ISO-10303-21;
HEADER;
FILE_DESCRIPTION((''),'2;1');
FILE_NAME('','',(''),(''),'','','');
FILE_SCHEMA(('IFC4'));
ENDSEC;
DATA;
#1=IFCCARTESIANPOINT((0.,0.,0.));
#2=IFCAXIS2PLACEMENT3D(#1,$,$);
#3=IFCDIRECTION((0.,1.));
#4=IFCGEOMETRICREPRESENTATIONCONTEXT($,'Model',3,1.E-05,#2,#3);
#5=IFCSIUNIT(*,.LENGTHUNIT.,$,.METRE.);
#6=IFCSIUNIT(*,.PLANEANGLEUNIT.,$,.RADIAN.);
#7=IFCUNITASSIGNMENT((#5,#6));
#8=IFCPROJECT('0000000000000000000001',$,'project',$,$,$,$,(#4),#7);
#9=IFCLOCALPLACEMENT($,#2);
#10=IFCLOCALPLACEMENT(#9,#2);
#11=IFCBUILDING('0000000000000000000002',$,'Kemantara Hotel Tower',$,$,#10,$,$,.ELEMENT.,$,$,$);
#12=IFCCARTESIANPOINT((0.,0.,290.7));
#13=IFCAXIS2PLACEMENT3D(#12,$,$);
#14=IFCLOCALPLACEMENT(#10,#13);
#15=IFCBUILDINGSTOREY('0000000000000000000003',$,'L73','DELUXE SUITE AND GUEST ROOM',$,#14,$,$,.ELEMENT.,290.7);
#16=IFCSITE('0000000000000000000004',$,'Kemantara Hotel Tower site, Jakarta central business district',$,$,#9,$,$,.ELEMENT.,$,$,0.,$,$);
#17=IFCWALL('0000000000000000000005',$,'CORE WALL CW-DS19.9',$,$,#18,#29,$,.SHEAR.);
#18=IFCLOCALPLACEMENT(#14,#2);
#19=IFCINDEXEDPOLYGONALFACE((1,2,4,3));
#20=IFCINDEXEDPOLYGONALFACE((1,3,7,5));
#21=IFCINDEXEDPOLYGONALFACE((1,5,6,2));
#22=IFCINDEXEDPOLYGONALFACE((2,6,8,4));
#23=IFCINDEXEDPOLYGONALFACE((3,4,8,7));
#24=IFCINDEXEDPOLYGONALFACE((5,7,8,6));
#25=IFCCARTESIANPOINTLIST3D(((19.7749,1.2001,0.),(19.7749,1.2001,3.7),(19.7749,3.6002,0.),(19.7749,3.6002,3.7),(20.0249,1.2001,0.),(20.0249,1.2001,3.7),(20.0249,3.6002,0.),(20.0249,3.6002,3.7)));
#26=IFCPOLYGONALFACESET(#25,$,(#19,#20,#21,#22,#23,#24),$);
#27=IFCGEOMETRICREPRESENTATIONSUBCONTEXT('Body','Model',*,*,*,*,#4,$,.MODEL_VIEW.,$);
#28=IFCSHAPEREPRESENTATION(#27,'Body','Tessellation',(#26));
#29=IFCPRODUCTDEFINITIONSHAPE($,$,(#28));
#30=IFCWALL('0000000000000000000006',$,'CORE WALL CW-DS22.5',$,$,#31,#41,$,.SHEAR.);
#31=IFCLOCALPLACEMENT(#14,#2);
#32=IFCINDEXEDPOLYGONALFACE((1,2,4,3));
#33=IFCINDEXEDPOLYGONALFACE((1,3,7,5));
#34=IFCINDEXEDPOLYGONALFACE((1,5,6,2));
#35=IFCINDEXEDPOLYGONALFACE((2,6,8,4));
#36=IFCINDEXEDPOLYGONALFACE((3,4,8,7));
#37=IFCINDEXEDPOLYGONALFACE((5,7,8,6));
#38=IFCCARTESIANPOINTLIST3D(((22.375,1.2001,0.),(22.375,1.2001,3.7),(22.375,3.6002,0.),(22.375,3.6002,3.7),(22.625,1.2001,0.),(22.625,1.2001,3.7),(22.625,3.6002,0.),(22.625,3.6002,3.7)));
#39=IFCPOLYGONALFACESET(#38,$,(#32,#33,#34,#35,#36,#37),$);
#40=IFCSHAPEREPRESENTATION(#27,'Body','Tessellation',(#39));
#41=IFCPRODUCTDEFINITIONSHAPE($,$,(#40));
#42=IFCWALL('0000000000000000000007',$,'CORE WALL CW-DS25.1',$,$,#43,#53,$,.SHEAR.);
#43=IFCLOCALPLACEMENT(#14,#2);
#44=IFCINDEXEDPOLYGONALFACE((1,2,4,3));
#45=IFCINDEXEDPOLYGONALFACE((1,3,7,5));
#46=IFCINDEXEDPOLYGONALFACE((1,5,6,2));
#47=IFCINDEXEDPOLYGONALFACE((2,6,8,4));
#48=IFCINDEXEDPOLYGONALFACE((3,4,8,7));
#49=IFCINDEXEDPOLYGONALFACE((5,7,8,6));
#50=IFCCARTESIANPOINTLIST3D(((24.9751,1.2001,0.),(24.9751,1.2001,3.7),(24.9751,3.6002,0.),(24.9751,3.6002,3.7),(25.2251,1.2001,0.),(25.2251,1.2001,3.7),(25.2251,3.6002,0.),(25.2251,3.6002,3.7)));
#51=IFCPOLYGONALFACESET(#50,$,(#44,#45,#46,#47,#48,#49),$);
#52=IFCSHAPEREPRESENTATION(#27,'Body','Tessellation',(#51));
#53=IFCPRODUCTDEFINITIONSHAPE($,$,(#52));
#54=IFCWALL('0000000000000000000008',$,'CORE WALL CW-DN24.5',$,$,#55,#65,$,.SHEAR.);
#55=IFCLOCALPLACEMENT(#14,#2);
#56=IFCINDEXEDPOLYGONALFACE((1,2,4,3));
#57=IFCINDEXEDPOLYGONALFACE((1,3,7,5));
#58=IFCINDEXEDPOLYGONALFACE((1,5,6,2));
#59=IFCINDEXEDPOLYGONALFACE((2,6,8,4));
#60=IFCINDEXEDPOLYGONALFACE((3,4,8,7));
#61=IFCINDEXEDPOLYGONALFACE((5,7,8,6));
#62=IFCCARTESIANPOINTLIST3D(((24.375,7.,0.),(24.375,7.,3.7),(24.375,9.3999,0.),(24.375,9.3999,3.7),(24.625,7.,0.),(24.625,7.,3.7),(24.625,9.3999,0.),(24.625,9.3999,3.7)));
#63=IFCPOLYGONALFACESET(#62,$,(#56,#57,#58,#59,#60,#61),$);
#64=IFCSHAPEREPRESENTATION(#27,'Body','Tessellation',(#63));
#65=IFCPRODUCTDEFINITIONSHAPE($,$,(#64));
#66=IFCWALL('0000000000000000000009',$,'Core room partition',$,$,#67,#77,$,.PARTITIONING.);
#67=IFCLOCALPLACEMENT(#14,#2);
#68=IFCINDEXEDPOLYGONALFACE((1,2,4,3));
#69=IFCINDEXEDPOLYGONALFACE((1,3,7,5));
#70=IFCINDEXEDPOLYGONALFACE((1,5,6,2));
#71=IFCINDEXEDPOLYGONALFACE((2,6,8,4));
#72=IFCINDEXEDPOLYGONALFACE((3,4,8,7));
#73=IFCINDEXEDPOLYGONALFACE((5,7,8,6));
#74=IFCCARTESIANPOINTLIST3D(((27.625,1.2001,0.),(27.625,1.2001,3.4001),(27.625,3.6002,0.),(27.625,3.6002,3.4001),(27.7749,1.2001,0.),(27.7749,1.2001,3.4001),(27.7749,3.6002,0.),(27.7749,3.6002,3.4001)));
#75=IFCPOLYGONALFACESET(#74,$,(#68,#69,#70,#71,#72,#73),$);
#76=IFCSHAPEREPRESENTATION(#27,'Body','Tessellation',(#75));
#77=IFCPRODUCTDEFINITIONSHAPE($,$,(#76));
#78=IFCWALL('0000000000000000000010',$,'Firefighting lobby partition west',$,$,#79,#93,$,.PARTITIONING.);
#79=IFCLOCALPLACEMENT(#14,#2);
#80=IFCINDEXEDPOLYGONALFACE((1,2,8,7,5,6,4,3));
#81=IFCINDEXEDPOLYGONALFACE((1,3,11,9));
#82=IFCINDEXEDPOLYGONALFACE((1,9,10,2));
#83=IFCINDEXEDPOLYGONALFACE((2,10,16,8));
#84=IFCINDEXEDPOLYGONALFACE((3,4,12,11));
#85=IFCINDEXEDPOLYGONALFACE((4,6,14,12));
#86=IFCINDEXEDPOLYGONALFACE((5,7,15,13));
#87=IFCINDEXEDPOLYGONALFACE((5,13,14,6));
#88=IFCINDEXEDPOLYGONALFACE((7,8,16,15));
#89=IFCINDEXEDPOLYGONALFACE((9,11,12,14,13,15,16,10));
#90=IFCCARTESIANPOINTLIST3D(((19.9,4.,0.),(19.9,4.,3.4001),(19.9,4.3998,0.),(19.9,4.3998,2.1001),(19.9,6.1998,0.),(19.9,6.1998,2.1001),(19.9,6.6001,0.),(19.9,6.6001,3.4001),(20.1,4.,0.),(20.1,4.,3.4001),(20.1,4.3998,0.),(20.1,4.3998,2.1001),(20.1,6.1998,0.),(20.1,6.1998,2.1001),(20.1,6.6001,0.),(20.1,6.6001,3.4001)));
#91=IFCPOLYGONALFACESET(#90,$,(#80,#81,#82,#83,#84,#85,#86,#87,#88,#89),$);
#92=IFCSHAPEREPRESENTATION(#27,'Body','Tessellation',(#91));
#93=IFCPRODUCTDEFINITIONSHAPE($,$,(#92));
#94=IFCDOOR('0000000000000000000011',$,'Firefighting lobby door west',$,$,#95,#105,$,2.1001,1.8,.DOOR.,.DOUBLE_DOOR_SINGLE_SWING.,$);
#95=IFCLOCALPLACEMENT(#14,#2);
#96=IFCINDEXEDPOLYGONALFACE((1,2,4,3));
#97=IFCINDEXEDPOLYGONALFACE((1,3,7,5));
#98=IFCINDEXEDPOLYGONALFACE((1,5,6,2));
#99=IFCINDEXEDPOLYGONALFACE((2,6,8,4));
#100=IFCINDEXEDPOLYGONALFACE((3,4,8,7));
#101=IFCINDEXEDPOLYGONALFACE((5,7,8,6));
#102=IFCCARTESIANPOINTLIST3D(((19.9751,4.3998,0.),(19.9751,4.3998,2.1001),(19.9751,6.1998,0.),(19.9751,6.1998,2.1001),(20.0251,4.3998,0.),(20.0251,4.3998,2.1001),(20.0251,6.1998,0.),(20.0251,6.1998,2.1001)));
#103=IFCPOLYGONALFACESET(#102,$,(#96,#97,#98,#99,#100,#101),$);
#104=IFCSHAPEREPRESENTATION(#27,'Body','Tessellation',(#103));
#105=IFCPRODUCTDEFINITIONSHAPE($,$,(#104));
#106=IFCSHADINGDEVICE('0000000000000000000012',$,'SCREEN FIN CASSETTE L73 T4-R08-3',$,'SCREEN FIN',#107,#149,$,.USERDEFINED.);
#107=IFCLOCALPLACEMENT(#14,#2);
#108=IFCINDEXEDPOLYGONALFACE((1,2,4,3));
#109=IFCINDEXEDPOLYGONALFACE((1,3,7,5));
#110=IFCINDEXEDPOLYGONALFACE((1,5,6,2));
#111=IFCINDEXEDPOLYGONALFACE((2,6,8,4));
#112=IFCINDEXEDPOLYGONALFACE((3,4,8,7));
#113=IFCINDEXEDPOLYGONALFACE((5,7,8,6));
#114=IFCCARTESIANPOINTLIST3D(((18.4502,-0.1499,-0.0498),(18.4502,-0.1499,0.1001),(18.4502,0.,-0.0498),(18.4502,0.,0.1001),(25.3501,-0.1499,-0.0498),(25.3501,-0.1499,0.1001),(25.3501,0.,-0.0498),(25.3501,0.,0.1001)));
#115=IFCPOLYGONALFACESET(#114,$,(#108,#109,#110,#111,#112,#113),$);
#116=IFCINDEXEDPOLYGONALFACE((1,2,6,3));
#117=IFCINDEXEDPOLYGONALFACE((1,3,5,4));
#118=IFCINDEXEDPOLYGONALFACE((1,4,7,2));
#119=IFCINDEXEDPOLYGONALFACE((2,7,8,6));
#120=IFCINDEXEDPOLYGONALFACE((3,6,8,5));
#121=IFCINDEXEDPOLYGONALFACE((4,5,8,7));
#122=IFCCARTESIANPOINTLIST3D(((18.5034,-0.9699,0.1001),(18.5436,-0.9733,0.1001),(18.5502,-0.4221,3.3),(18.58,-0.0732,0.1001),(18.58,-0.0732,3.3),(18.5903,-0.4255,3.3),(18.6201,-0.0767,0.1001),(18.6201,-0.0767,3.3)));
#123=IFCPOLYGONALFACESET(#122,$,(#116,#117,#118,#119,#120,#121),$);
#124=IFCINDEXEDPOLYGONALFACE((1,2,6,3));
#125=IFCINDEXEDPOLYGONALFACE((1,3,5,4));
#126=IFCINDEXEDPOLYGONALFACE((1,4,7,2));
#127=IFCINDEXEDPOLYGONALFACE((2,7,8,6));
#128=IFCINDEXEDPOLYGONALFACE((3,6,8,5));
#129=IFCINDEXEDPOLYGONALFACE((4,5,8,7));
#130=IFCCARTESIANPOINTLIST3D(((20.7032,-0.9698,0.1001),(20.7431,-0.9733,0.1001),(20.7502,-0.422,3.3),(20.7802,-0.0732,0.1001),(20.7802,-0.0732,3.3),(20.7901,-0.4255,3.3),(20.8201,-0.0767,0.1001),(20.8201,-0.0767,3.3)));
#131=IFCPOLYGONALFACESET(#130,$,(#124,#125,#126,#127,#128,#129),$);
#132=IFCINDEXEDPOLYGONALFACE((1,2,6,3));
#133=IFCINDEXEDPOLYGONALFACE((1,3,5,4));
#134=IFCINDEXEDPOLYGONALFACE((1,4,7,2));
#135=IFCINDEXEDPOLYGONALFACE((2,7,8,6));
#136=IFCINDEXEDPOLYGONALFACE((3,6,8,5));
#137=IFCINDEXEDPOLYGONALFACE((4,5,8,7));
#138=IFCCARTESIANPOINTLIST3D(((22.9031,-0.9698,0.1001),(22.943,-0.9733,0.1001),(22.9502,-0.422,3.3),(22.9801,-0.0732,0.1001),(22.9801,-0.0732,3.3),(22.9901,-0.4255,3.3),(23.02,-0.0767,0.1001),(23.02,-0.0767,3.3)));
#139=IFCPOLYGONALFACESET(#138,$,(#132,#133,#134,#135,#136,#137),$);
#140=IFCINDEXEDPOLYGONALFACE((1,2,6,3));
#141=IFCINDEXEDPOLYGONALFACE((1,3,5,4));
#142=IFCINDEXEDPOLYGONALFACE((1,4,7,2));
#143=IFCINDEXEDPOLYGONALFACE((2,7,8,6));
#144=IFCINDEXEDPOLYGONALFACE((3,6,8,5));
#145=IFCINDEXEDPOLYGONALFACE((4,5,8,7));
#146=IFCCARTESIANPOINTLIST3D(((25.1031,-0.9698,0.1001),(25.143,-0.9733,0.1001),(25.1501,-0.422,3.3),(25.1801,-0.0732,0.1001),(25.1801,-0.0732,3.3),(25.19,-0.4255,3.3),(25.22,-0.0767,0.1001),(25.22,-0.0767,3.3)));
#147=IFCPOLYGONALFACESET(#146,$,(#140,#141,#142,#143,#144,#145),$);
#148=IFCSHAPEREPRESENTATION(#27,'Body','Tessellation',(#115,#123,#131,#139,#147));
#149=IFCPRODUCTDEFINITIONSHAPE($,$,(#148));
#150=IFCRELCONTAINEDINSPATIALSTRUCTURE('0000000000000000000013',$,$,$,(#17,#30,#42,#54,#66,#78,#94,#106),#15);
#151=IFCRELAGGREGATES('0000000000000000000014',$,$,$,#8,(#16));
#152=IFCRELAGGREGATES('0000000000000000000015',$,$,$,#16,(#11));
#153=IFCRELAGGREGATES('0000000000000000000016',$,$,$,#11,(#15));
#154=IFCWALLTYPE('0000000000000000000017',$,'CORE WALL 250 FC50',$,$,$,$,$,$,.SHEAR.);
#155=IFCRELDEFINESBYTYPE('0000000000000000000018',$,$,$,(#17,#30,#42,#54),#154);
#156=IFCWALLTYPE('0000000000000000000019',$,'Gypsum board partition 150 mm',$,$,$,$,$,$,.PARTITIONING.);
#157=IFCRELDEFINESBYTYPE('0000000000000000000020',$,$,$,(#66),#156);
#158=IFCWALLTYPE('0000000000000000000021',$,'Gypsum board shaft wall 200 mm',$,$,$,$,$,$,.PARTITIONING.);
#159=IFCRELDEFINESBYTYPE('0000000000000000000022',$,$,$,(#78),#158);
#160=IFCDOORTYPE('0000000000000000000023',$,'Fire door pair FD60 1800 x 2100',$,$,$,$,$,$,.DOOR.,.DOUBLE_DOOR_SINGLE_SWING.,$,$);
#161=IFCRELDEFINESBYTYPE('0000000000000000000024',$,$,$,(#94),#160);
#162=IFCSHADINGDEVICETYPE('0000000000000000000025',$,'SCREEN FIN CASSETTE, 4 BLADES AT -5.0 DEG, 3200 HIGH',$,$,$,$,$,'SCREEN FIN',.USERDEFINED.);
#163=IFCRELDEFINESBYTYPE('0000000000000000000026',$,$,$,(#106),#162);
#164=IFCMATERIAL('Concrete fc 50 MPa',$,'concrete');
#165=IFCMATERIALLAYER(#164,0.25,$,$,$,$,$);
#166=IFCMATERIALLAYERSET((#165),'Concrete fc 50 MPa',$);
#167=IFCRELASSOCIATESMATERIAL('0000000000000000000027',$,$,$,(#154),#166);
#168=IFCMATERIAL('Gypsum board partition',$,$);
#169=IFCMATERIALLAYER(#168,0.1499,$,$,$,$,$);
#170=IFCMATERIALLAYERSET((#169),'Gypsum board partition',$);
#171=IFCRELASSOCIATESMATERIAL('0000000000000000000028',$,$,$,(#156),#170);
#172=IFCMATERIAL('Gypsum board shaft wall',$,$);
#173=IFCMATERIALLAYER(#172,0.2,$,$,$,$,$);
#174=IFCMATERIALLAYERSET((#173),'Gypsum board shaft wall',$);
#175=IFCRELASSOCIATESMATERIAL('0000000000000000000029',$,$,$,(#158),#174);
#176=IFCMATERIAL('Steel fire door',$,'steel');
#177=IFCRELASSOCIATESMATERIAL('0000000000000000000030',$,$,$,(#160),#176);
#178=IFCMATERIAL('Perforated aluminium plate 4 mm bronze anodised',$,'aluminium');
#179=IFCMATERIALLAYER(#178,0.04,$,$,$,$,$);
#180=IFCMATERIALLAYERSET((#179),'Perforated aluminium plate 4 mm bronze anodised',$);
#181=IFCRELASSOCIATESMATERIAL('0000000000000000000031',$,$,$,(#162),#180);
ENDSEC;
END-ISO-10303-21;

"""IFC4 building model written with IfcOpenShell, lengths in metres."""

from ifc_helpers import new_model, si_unit, direction, frame, frame_2d, origin, origin_2d, place, context, subcontext, project, spatial, polyline, rectangle, outline, extrude, source, transform, mapped, material, layer, layer_set, type_object, element, fill, save


model = new_model("IFC4")

# Units and contexts
model_context = context("Model", 3, precision=1e-05, world=origin(), true_north=direction((0.0, 1.0)))
body_context = subcontext(model_context, "Body", "Model", "MODEL_VIEW")
ifc_project = project(units=[si_unit("LENGTHUNIT", "METRE"), si_unit("PLANEANGLEUNIT", "RADIAN")], contexts=[model_context])

# Site, building, storey
site_placement = place(None, origin())
site = spatial("IfcSite", under=ifc_project, at=site_placement, Name="Kemantara Hotel Tower site, Jakarta central business district", CompositionType="ELEMENT", RefElevation=0.0)
building_placement = place(site_placement, origin())
building = spatial("IfcBuilding", under=site, at=building_placement, Name="Kemantara Hotel Tower", CompositionType="ELEMENT")
storey_placement = place(building_placement, frame((0.0, 0.0, 290.7)))
storey = spatial("IfcBuildingStorey", under=building, at=storey_placement, Name="L73", Description="DELUXE SUITE AND GUEST ROOM", CompositionType="ELEMENT", Elevation=290.7)

# Walls
ifc_material_1 = material(Name="Concrete fc 50 MPa", Category="concrete")
ifc_layer_1 = layer(ifc_material_1, 0.25)
ifc_layer_set_1 = layer_set([ifc_layer_1], Name="Concrete fc 50 MPa")
wall_type_1 = type_object("IfcWallType", Name="CORE WALL 250 FC50", PredefinedType="SHEAR", material=ifc_layer_set_1)
for number, where, z_axis, x_axis, name in (
    (1, (19.8999, 1.2, 0.0), (0.0, 0.0, 1.0), (0.0, 1.0, 0.0), "CORE WALL CW-DS19.9"),
    (2, (22.5, 1.2, 0.0), (0.0, 0.0, 1.0), (0.0, 1.0, 0.0), "CORE WALL CW-DS22.5"),
    (3, (25.1001, 1.2, 0.0), (0.0, 0.0, 1.0), (0.0, 1.0, 0.0), "CORE WALL CW-DS25.1"),
):
    element("IfcWall", number, at=place(storey_placement, frame(where, z_axis=z_axis, x_axis=x_axis)), inside=storey, type_object=wall_type_1, Name=name, PredefinedType="SHEAR", context=body_context, shape_type="SweptSolid", body=[
        extrude(rectangle(XDim=2.4001, YDim=0.25, at=frame_2d((1.2002, 0.0))), origin(), (0.0, 0.0, 1.0), 3.7),
    ])
wall_1_placement = place(storey_placement, frame((24.5, 7.0, 0.0), z_axis=(0.0, 0.0, 1.0), x_axis=(0.0, 1.0, 0.0)))
element("IfcWall", 4, at=wall_1_placement, inside=storey, type_object=wall_type_1, Name="CORE WALL CW-DN24.5", PredefinedType="SHEAR", context=body_context, shape_type="SweptSolid", body=[
    extrude(rectangle(XDim=2.3999, YDim=0.25, at=frame_2d((1.2, 0.0))), origin(), (0.0, 0.0, 1.0), 3.7),
])
ifc_material_2 = material(Name="Gypsum board partition")
ifc_layer_2 = layer(ifc_material_2, 0.1499)
ifc_layer_set_2 = layer_set([ifc_layer_2], Name="Gypsum board partition")
wall_type_2 = type_object("IfcWallType", Name="Gypsum board partition 150 mm", PredefinedType="PARTITIONING", material=ifc_layer_set_2)
wall_2_placement = place(storey_placement, frame((27.7, 1.2, 0.0), z_axis=(0.0, 0.0, 1.0), x_axis=(0.0, 1.0, 0.0)))
element("IfcWall", 5, at=wall_2_placement, inside=storey, type_object=wall_type_2, Name="Core room partition", PredefinedType="PARTITIONING", context=body_context, shape_type="SweptSolid", body=[
    extrude(rectangle(XDim=2.4001, YDim=0.1499, at=frame_2d((1.2002, 0.0))), origin(), (0.0, 0.0, 1.0), 3.4001),
])

# Wall, opening, door
ifc_material_3 = material(Name="Gypsum board shaft wall")
ifc_layer_3 = layer(ifc_material_3, 0.2)
ifc_layer_set_3 = layer_set([ifc_layer_3], Name="Gypsum board shaft wall")
wall_type_3 = type_object("IfcWallType", Name="Gypsum board shaft wall 200 mm", PredefinedType="PARTITIONING", material=ifc_layer_set_3)
wall_3_placement = place(storey_placement, frame((20.0, 4.0, 0.0), z_axis=(0.0, 0.0, 1.0), x_axis=(0.0, 1.0, 0.0)))
wall_3 = element("IfcWall", 6, at=wall_3_placement, inside=storey, type_object=wall_type_3, Name="Firefighting lobby partition west", PredefinedType="PARTITIONING", context=body_context, shape_type="SweptSolid", body=[
    extrude(rectangle(XDim=2.6001, YDim=0.2, at=frame_2d((1.3, 0.0))), origin(), (0.0, 0.0, 1.0), 3.4001),
])
opening_placement = place(wall_3_placement, frame((0.3999, 0.0, 0.0)))
opening = element("IfcOpeningElement", 7, at=opening_placement, cuts=wall_3, PredefinedType="OPENING", context=body_context, shape_type="SweptSolid", body=[
    extrude(rectangle(XDim=1.8, YDim=2.1001, at=frame_2d((0.8999, 1.05))), frame((0.0, 0.1099, 0.0), z_axis=(0.0, -1.0, 0.0), x_axis=(1.0, 0.0, 0.0)), (0.0, 0.0, 1.0), 0.22),
])
ifc_material_4 = material(Name="Steel fire door", Category="steel")
door_type = type_object("IfcDoorType", Name="Fire door pair FD60 1800 x 2100", OperationType="DOUBLE_DOOR_SINGLE_SWING", PredefinedType="DOOR", material=ifc_material_4)
door_placement = place(opening_placement, origin())
door = element("IfcDoor", 8, at=door_placement, inside=storey, type_object=door_type, Name="Firefighting lobby door west", OperationType="DOUBLE_DOOR_SINGLE_SWING", OverallHeight=2.1001, OverallWidth=1.8, PredefinedType="DOOR", context=body_context, shape_type="SweptSolid", body=[
    extrude(rectangle(XDim=1.8, YDim=2.1001, at=frame_2d((0.8999, 1.05))), frame((0.0, 0.0249, 0.0), z_axis=(0.0, -1.0, 0.0), x_axis=(1.0, 0.0, 0.0)), (0.0, 0.0, 1.0), 0.05),
])
fill(opening, door)

# Shading device
ifc_material_5 = material(Name="Perforated aluminium plate 4 mm bronze anodised", Category="aluminium")
ifc_layer_4 = layer(ifc_material_5, 0.04)
ifc_layer_set_4 = layer_set([ifc_layer_4], Name="Perforated aluminium plate 4 mm bronze anodised")
shading_device_type_1 = type_object("IfcShadingDeviceType", Name="SCREEN FIN CASSETTE, 4 BLADES AT -5.0 DEG, 3200 HIGH", ElementType="SCREEN FIN", PredefinedType="USERDEFINED", material=ifc_layer_set_4)
shared_shape_1 = source(origin(), body_context, "Body", "SweptSolid", [
    extrude(rectangle(XDim=6.8999, YDim=0.1499, at=origin_2d()), frame((3.3, -0.075, -0.1499), z_axis=(0.0, 0.0, 1.0), x_axis=(1.0, 0.0, 0.0)), (0.0, 0.0, 1.0), 0.1499),
    extrude(outline(polyline([(0.0, 0.0), (0.8999, 0.0), (0.3501, 3.2), (0.0, 3.2), (0.0, 0.0)])), frame((0.02, -0.0767, 0.0), z_axis=(-0.996376, 0.085056, 0.0), x_axis=(-0.085056, -0.996376, 0.0)), (0.0, 0.0, 1.0), 0.0403),
    extrude(outline(polyline([(0.0, 0.0), (0.8999, 0.0), (0.3501, 3.2), (0.0, 3.2), (0.0, 0.0)])), frame((2.22, -0.0767, 0.0), z_axis=(-0.996332, 0.085575, 0.0), x_axis=(-0.085575, -0.996332, 0.0)), (0.0, 0.0, 1.0), 0.04),
    extrude(outline(polyline([(0.0, 0.0), (0.8999, 0.0), (0.3501, 3.2), (0.0, 3.2), (0.0, 0.0)])), frame((4.4199, -0.0767, 0.0), z_axis=(-0.996332, 0.085575, 0.0), x_axis=(-0.085575, -0.996332, 0.0)), (0.0, 0.0, 1.0), 0.04),
    extrude(outline(polyline([(0.0, 0.0), (0.8999, 0.0), (0.3501, 3.2), (0.0, 3.2), (0.0, 0.0)])), frame((6.6199, -0.0767, 0.0), z_axis=(-0.996332, 0.085575, 0.0), x_axis=(-0.085575, -0.996332, 0.0)), (0.0, 0.0, 1.0), 0.04),
])
shading_device_1_placement = place(storey_placement, frame((18.6001, 0.0, 0.1001), z_axis=(0.0, 0.0, 1.0), x_axis=(1.0, 0.0, 0.0)))
element("IfcShadingDevice", 9, at=shading_device_1_placement, inside=storey, type_object=shading_device_type_1, Name="SCREEN FIN CASSETTE L73 T4-R08-3", ObjectType="SCREEN FIN", PredefinedType="USERDEFINED", context=body_context, shape_type="MappedRepresentation", body=[
    mapped(shared_shape_1, transform((0.0, 0.0, 0.0))),
])

save(model, "model.ifc")
